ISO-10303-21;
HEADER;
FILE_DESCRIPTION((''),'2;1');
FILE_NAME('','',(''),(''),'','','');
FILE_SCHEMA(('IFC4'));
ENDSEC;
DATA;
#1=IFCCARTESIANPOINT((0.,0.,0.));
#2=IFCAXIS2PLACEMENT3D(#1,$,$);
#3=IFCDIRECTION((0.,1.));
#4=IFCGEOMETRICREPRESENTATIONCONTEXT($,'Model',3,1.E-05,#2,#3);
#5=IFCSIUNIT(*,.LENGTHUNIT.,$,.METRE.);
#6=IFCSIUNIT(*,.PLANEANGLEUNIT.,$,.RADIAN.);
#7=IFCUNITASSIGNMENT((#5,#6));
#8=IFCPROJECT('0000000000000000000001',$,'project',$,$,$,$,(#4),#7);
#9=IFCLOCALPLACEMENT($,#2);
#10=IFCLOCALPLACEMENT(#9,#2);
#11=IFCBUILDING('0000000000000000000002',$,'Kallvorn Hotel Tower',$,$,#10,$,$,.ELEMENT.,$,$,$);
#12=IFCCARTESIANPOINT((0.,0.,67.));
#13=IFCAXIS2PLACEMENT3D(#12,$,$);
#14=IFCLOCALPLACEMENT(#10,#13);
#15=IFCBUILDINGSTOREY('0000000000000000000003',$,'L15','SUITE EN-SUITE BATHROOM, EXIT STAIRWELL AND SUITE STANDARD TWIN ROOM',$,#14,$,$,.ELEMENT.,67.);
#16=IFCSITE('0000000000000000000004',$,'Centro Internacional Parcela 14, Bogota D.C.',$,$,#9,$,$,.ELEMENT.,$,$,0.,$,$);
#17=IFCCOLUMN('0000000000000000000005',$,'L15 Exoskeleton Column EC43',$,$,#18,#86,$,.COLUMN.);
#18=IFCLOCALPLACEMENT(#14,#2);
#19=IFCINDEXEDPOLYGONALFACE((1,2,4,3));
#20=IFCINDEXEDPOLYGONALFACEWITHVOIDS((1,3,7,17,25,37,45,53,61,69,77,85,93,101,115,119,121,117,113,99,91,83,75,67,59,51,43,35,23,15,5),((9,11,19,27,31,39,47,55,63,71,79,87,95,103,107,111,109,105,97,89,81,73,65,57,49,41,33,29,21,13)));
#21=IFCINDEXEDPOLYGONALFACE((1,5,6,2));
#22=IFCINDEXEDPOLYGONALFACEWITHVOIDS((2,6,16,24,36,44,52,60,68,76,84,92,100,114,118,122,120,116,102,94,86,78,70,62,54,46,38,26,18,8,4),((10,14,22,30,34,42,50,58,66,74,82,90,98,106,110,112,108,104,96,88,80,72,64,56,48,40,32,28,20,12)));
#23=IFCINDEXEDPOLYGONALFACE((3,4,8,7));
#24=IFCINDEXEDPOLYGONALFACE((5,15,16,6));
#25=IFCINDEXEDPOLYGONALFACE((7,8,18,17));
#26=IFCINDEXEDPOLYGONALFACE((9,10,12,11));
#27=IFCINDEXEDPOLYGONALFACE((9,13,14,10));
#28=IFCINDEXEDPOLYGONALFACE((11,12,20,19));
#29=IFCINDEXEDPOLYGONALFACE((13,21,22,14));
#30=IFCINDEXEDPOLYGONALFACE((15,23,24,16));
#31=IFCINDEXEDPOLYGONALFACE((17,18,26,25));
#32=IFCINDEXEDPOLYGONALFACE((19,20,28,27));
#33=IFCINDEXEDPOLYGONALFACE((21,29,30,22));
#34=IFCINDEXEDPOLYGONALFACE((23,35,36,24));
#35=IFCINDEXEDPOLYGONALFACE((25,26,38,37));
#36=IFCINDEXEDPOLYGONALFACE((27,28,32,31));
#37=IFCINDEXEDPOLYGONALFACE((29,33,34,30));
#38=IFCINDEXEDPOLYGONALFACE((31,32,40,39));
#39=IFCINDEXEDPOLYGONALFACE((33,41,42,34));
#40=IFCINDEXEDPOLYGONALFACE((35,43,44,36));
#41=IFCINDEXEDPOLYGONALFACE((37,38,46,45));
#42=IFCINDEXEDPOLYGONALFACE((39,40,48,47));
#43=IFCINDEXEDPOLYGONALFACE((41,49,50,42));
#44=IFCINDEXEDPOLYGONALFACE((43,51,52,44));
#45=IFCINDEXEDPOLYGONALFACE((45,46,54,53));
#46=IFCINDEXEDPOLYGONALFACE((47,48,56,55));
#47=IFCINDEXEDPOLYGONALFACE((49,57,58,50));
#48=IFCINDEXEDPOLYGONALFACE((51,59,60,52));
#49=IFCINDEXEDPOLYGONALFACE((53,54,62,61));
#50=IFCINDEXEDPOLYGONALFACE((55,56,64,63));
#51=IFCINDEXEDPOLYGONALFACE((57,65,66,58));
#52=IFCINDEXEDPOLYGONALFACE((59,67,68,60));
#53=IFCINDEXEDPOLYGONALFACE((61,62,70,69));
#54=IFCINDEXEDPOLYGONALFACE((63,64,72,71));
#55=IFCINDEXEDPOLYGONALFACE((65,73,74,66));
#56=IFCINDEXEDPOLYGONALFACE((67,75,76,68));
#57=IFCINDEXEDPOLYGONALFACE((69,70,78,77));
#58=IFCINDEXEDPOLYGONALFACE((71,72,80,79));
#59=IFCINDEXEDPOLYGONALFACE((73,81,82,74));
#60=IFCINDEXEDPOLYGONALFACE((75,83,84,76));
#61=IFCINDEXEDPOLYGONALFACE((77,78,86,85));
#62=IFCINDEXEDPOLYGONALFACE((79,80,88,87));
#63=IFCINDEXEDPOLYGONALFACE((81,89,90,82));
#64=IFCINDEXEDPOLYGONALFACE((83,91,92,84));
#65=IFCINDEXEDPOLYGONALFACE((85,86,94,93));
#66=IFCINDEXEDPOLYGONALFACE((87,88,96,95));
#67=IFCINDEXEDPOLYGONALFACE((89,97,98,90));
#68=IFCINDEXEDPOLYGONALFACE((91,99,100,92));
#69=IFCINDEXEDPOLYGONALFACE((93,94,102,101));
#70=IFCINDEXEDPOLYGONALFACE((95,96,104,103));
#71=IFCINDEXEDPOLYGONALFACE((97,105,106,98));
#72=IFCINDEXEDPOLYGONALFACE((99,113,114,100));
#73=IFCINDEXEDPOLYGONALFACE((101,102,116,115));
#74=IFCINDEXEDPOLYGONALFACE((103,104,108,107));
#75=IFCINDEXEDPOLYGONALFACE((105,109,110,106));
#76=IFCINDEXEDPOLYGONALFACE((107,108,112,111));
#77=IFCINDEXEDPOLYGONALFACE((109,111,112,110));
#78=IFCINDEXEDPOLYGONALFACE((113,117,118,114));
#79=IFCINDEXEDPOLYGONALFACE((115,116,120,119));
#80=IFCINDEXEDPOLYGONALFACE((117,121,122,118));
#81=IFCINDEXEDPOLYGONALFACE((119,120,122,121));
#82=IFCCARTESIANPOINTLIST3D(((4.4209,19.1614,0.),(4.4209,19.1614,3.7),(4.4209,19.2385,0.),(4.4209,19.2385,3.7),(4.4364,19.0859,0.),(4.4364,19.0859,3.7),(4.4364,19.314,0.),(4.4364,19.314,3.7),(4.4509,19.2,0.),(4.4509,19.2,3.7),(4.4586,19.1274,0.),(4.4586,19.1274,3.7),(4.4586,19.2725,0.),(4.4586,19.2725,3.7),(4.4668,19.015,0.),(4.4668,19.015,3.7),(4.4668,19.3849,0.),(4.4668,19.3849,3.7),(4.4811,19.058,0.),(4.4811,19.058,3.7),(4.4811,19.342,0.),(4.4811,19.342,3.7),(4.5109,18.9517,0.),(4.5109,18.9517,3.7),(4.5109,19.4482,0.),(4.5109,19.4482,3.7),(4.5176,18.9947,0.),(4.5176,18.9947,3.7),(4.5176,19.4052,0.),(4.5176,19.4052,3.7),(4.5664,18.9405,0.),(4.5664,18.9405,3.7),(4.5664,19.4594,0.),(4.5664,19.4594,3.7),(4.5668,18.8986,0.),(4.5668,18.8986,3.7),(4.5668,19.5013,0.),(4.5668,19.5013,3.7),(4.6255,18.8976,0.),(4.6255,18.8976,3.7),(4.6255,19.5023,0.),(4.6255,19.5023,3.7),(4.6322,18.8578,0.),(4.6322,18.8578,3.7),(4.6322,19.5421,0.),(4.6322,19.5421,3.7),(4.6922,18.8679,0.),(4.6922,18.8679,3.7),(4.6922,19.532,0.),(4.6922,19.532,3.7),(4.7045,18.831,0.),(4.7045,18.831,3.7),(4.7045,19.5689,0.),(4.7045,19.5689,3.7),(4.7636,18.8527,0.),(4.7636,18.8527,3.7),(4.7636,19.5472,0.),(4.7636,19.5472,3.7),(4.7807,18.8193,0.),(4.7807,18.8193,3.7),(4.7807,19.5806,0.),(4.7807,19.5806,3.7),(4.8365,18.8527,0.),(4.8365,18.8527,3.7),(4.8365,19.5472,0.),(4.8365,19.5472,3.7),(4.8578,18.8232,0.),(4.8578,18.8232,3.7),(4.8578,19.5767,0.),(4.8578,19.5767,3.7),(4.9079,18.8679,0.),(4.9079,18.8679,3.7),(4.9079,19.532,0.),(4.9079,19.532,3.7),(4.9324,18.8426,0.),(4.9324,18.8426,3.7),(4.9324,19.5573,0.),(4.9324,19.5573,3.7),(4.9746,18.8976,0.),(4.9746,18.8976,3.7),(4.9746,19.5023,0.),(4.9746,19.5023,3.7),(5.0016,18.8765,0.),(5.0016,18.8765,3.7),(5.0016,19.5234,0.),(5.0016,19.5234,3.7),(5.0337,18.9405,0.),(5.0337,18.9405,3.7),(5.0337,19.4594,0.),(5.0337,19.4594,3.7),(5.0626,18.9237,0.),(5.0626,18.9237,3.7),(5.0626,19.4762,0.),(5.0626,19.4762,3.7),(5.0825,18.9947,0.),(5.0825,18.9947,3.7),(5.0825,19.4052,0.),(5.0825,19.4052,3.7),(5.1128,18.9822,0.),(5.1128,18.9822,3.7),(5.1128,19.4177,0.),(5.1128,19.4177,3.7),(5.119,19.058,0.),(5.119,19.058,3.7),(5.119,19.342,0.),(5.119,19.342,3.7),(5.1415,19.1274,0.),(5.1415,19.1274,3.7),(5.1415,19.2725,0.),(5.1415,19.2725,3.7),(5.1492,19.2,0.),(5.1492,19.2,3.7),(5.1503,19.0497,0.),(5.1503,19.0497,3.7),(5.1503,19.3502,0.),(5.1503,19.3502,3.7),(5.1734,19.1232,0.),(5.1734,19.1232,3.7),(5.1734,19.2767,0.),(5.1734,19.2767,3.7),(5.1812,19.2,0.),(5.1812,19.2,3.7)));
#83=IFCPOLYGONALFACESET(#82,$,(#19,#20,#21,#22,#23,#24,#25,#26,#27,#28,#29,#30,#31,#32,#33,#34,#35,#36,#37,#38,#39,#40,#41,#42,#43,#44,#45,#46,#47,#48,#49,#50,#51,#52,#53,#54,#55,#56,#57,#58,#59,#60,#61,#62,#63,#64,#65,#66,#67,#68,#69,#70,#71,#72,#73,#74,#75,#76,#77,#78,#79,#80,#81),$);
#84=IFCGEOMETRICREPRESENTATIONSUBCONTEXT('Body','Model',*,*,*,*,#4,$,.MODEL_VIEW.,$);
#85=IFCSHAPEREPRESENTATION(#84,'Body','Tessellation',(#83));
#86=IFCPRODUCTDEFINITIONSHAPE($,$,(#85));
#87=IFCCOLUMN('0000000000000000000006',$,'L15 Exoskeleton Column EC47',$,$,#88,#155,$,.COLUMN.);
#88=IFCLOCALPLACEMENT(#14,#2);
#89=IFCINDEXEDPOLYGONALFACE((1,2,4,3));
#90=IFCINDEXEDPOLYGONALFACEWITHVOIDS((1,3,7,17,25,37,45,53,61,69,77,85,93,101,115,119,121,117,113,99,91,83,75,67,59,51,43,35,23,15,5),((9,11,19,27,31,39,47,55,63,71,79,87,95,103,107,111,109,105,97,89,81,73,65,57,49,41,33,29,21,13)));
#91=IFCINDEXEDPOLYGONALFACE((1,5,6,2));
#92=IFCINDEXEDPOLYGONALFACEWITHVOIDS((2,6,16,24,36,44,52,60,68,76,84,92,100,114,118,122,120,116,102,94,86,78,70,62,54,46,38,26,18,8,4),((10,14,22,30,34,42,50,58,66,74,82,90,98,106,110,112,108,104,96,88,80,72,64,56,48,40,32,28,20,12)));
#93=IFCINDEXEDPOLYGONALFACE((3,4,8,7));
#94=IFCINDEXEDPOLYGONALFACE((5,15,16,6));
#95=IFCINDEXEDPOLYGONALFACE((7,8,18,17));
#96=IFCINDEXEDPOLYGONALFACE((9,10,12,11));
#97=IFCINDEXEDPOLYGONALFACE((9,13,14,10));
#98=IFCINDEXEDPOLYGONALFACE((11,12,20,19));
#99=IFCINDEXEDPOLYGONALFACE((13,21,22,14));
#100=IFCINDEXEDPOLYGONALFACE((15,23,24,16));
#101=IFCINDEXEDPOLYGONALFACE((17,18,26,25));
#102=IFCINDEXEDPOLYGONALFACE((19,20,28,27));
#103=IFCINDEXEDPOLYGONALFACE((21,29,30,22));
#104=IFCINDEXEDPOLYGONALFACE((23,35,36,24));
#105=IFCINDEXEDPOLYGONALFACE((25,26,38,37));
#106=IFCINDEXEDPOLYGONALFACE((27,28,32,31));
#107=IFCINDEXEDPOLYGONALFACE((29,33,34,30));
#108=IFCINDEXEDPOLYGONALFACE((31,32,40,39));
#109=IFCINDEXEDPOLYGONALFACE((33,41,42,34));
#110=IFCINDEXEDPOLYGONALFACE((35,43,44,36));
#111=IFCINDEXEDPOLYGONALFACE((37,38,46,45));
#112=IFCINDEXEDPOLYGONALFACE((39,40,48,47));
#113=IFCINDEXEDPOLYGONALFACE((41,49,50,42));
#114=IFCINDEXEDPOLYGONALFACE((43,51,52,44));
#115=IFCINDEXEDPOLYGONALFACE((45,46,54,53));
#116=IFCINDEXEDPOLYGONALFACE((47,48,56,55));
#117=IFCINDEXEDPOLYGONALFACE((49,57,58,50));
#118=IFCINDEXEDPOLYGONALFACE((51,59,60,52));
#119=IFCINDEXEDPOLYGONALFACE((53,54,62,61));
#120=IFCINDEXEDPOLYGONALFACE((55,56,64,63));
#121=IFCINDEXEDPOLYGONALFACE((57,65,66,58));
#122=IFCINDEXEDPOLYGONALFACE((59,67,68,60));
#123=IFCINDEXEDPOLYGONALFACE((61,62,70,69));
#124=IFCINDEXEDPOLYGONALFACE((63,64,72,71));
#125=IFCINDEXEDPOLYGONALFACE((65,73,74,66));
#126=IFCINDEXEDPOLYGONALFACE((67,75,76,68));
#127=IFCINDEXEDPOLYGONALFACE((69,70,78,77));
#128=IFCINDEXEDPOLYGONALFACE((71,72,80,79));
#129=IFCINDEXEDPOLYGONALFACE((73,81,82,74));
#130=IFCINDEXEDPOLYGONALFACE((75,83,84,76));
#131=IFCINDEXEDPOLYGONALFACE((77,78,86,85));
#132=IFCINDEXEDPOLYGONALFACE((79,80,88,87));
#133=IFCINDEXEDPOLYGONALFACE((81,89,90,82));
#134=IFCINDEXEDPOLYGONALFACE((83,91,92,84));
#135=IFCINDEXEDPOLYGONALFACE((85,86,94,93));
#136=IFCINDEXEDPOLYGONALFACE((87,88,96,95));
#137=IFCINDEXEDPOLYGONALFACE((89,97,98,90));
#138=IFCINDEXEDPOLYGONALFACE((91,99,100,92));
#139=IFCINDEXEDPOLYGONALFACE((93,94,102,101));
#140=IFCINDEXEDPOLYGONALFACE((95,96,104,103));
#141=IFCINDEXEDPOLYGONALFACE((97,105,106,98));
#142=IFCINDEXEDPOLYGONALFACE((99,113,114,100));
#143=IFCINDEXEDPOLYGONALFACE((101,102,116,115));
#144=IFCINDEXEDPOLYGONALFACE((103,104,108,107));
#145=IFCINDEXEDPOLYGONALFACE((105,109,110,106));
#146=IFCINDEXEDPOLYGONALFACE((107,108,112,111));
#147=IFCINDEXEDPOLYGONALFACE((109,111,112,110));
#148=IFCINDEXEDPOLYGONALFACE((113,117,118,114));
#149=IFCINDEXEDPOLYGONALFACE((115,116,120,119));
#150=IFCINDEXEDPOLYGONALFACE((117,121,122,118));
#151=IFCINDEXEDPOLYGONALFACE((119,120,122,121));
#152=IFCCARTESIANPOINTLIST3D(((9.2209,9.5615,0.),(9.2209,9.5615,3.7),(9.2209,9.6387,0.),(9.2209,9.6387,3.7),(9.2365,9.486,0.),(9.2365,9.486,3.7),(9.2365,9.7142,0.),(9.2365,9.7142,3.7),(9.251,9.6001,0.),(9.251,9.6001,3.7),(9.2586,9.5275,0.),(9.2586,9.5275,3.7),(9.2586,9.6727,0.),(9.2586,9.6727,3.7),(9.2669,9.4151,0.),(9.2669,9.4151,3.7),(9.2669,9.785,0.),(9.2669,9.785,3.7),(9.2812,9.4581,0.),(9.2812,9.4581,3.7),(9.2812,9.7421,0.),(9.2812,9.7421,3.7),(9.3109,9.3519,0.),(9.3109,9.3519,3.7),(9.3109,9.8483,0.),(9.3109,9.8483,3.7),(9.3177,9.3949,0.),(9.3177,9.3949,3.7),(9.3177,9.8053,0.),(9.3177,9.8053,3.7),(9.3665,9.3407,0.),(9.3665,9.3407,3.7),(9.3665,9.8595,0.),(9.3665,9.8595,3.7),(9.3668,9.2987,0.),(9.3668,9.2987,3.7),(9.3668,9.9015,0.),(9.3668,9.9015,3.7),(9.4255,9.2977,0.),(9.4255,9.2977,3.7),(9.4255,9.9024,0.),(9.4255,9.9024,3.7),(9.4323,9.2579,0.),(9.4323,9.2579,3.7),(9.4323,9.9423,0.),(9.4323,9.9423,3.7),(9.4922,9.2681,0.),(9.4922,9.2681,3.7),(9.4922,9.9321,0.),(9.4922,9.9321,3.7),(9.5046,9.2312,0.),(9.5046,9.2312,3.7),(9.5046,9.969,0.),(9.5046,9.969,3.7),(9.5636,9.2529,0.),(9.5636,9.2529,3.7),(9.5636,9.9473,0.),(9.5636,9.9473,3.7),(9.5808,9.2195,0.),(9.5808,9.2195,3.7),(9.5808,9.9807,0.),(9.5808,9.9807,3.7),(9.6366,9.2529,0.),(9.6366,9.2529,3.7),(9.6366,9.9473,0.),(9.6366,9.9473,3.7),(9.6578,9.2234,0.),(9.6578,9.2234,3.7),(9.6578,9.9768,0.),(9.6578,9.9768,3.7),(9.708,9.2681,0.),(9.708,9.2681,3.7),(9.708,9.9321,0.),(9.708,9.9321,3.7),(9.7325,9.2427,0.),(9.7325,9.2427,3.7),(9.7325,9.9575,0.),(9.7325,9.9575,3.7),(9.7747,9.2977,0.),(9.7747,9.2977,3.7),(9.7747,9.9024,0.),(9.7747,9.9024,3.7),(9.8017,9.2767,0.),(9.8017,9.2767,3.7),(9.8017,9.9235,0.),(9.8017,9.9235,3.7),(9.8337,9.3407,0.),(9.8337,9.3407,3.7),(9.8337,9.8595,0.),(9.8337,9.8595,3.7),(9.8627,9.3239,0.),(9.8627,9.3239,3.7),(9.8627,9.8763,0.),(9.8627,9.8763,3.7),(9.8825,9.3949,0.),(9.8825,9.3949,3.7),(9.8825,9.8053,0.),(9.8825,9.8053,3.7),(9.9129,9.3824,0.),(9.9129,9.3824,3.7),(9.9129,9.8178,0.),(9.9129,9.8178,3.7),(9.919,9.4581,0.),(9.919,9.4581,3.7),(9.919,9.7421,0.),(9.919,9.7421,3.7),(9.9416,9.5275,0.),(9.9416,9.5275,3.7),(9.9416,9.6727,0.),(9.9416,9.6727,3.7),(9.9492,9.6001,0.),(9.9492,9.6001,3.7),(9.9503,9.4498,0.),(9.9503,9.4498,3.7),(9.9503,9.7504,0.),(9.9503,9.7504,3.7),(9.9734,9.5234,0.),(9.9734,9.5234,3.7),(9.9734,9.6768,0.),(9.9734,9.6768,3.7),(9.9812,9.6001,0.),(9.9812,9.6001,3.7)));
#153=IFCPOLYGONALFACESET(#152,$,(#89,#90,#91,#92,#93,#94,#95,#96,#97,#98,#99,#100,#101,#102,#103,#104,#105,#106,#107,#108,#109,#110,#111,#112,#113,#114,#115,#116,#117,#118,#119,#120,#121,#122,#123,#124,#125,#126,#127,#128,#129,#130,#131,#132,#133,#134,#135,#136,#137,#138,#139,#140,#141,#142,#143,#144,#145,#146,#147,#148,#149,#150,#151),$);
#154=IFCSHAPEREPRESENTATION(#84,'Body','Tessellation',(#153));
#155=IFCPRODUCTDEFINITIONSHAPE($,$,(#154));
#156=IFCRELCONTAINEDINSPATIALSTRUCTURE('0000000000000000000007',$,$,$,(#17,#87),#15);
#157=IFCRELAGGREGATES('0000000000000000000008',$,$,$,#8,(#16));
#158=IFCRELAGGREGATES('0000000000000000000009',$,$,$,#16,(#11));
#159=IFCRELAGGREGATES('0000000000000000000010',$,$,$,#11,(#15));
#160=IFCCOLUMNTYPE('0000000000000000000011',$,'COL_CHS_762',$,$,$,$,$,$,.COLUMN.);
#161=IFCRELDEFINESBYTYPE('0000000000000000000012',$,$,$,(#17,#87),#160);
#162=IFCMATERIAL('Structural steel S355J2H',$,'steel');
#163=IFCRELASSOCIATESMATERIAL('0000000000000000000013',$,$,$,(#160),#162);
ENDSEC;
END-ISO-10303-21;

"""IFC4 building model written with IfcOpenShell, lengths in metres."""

from ifc_helpers import new_model, si_unit, direction, frame, origin, origin_2d, place, context, subcontext, project, spatial, hollow_circle, extrude, material, material_profile, profile_set, type_object, element, save


model = new_model("IFC4")

# Units and contexts
model_context = context("Model", 3, precision=1e-05, world=origin(), true_north=direction((0.0, 1.0)))
body_context = subcontext(model_context, "Body", "Model", "MODEL_VIEW")
ifc_project = project(units=[si_unit("LENGTHUNIT", "METRE"), si_unit("PLANEANGLEUNIT", "RADIAN")], contexts=[model_context])

# Site, building, storey
site_placement = place(None, origin())
site = spatial("IfcSite", under=ifc_project, at=site_placement, Name="Centro Internacional Parcela 14, Bogota D.C.", CompositionType="ELEMENT", RefElevation=0.0)
building_placement = place(site_placement, origin())
building = spatial("IfcBuilding", under=site, at=building_placement, Name="Kallvorn Hotel Tower", CompositionType="ELEMENT")
storey_placement = place(building_placement, frame((0.0, 0.0, 67.0)))
storey = spatial("IfcBuildingStorey", under=building, at=storey_placement, Name="L15", Description="SUITE EN-SUITE BATHROOM, EXIT STAIRWELL AND SUITE STANDARD TWIN ROOM", CompositionType="ELEMENT", Elevation=67.0)

# Columns
ifc_material_1 = material(Name="Structural steel S355J2H", Category="steel")
ifc_material_profile_1 = material_profile(ifc_material_1, hollow_circle(Radius=0.3811, WallThickness=0.032, at=origin_2d()), Name="CHS 762x32")
ifc_profile_set_1 = profile_set([ifc_material_profile_1], Name="Structural steel S355J2H")
column_type_1 = type_object("IfcColumnType", Name="COL_CHS_762", PredefinedType="COLUMN", material=ifc_profile_set_1)
for number, where, z_axis, x_axis, name in (
    (1, (4.8, 19.2, 0.0), (0.0, 0.0, 1.0), (1.0, 0.0, 0.0), "L15 Exoskeleton Column EC43"),
    (2, (9.6001, 9.6001, 0.0), (0.0, 0.0, 1.0), (1.0, 0.0, 0.0), "L15 Exoskeleton Column EC47"),
):
    element("IfcColumn", number, at=place(storey_placement, frame(where, z_axis=z_axis, x_axis=x_axis)), inside=storey, type_object=column_type_1, Name=name, PredefinedType="COLUMN", context=body_context, shape_type="SweptSolid", body=[
        extrude(hollow_circle(Radius=0.3811, WallThickness=0.032, at=origin_2d()), origin(), (0.0, 0.0, 1.0), 3.7),
    ])

save(model, "model.ifc")
